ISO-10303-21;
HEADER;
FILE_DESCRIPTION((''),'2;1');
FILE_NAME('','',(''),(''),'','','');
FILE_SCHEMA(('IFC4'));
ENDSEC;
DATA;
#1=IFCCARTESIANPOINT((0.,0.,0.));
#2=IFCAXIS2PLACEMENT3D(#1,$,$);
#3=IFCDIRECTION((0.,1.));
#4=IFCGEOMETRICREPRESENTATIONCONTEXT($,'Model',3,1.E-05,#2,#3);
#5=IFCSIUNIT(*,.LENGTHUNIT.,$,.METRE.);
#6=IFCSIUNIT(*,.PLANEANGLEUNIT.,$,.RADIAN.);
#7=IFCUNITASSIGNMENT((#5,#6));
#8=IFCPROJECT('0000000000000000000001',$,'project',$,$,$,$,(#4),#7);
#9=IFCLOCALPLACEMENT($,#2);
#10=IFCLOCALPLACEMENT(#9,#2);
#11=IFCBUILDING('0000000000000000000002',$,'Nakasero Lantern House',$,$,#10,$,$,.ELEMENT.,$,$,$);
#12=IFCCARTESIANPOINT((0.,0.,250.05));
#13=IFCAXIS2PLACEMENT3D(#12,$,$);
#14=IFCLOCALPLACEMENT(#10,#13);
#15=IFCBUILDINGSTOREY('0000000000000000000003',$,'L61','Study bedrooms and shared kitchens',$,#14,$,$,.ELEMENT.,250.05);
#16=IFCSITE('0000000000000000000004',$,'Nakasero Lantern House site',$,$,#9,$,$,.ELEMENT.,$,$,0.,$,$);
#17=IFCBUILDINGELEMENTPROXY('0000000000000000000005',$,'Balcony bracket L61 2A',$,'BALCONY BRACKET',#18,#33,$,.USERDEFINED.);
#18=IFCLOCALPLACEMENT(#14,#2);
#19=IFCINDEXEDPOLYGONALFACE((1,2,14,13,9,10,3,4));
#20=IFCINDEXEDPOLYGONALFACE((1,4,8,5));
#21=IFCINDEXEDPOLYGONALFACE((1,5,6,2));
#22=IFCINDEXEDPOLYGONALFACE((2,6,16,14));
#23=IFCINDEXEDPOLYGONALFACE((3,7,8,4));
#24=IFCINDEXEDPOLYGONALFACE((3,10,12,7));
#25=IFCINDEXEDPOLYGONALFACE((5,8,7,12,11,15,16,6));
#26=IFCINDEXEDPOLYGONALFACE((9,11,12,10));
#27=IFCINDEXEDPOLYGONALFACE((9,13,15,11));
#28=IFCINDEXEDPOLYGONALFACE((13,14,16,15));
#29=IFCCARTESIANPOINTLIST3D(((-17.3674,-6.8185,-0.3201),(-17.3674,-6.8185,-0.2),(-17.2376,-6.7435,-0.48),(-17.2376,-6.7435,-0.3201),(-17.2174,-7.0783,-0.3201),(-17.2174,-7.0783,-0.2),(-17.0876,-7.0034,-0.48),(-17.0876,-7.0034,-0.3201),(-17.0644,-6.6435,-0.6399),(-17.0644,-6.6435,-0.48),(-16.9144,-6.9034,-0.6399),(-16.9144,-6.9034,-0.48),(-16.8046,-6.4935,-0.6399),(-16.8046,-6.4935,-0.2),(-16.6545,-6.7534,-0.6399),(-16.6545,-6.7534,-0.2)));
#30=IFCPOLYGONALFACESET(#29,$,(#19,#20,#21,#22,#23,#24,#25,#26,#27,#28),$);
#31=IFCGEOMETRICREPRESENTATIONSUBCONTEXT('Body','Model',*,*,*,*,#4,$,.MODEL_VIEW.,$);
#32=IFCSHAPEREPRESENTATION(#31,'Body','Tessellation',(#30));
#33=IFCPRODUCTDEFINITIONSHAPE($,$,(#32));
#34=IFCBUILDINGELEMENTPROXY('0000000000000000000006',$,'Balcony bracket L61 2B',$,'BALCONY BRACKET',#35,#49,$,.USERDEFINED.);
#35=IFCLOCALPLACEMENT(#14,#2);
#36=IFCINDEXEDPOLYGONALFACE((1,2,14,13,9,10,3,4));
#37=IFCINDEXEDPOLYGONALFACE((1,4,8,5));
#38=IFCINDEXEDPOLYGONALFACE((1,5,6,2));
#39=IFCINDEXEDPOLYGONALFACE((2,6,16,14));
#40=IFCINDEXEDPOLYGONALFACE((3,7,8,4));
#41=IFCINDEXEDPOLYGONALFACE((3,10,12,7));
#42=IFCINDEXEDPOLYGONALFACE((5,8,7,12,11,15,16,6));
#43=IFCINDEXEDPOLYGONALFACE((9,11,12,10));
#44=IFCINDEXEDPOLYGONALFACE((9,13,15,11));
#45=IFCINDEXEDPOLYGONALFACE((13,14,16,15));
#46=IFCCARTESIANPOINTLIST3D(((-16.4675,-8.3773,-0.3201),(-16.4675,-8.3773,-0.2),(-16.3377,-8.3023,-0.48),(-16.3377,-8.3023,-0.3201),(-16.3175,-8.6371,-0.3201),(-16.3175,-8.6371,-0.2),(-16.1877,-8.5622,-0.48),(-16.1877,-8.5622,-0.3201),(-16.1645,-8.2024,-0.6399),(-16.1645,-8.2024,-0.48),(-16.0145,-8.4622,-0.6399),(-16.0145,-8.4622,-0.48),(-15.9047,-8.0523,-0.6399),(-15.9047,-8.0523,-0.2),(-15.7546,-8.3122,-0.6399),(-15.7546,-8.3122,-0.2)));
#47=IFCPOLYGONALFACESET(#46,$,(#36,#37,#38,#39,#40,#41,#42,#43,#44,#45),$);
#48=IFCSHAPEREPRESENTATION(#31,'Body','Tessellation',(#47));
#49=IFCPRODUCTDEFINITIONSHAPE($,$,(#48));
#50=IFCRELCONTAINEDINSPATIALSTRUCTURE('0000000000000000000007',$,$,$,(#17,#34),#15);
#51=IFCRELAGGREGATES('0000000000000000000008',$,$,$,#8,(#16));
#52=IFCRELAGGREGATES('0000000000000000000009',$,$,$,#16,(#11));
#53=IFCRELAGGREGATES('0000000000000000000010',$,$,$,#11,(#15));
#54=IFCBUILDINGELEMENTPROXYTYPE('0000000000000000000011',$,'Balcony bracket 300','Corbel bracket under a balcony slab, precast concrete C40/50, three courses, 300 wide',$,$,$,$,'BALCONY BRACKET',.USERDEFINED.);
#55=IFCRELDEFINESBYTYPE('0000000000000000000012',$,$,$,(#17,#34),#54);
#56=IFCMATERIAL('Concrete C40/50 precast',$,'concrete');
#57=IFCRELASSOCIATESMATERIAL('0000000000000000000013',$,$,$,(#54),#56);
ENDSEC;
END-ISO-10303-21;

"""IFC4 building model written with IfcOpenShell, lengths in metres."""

from ifc_helpers import new_model, si_unit, direction, frame, origin, place, context, subcontext, project, spatial, polyline, outline, extrude, material, type_object, element, save


model = new_model("IFC4")

# Units and contexts
model_context = context("Model", 3, precision=1e-05, world=origin(), true_north=direction((0.0, 1.0)))
body_context = subcontext(model_context, "Body", "Model", "MODEL_VIEW")
ifc_project = project(units=[si_unit("LENGTHUNIT", "METRE"), si_unit("PLANEANGLEUNIT", "RADIAN")], contexts=[model_context])

# Site, building, storey
site_placement = place(None, origin())
site = spatial("IfcSite", under=ifc_project, at=site_placement, Name="Nakasero Lantern House site", CompositionType="ELEMENT", RefElevation=0.0)
building_placement = place(site_placement, origin())
building = spatial("IfcBuilding", under=site, at=building_placement, Name="Nakasero Lantern House", CompositionType="ELEMENT")
storey_placement = place(building_placement, frame((0.0, 0.0, 250.05)))
storey = spatial("IfcBuildingStorey", under=building, at=storey_placement, Name="L61", Description="Study bedrooms and shared kitchens", CompositionType="ELEMENT", Elevation=250.05)

# Building element proxies
ifc_material_1 = material(Name="Concrete C40/50 precast", Category="concrete")
building_element_proxy_type = type_object("IfcBuildingElementProxyType", Name="Balcony bracket 300", Description="Corbel bracket under a balcony slab, precast concrete C40/50, three courses, 300 wide", ElementType="BALCONY BRACKET", PredefinedType="USERDEFINED", material=ifc_material_1)
for number, where, z_axis, x_axis, name in (
    (1, (-16.7295, -6.6235, -0.2), (0.0, 0.0, 1.0), (-0.866025, -0.5, 0.0), "Balcony bracket L61 2A"),
    (2, (-15.8296, -8.1824, -0.2), (0.0, 0.0, 1.0), (-0.866025, -0.5, 0.0), "Balcony bracket L61 2B"),
):
    element("IfcBuildingElementProxy", number, at=place(storey_placement, frame(where, z_axis=z_axis, x_axis=x_axis)), inside=storey, type_object=building_element_proxy_type, Name=name, ObjectType="BALCONY BRACKET", PredefinedType="USERDEFINED", context=body_context, shape_type="SweptSolid", body=[
        extrude(outline(polyline([(0.0, 0.0), (0.6499, 0.0), (0.6499, -0.1201), (0.5, -0.1201), (0.5, -0.28), (0.3, -0.28), (0.3, -0.4399), (0.0, -0.4399), (0.0, 0.0)])), frame((0.0, 0.1499, 0.0), z_axis=(0.0, -1.0, 0.0), x_axis=(1.0, 0.0, 0.0)), (0.0, 0.0, 1.0), 0.3),
    ])

save(model, "model.ifc")
